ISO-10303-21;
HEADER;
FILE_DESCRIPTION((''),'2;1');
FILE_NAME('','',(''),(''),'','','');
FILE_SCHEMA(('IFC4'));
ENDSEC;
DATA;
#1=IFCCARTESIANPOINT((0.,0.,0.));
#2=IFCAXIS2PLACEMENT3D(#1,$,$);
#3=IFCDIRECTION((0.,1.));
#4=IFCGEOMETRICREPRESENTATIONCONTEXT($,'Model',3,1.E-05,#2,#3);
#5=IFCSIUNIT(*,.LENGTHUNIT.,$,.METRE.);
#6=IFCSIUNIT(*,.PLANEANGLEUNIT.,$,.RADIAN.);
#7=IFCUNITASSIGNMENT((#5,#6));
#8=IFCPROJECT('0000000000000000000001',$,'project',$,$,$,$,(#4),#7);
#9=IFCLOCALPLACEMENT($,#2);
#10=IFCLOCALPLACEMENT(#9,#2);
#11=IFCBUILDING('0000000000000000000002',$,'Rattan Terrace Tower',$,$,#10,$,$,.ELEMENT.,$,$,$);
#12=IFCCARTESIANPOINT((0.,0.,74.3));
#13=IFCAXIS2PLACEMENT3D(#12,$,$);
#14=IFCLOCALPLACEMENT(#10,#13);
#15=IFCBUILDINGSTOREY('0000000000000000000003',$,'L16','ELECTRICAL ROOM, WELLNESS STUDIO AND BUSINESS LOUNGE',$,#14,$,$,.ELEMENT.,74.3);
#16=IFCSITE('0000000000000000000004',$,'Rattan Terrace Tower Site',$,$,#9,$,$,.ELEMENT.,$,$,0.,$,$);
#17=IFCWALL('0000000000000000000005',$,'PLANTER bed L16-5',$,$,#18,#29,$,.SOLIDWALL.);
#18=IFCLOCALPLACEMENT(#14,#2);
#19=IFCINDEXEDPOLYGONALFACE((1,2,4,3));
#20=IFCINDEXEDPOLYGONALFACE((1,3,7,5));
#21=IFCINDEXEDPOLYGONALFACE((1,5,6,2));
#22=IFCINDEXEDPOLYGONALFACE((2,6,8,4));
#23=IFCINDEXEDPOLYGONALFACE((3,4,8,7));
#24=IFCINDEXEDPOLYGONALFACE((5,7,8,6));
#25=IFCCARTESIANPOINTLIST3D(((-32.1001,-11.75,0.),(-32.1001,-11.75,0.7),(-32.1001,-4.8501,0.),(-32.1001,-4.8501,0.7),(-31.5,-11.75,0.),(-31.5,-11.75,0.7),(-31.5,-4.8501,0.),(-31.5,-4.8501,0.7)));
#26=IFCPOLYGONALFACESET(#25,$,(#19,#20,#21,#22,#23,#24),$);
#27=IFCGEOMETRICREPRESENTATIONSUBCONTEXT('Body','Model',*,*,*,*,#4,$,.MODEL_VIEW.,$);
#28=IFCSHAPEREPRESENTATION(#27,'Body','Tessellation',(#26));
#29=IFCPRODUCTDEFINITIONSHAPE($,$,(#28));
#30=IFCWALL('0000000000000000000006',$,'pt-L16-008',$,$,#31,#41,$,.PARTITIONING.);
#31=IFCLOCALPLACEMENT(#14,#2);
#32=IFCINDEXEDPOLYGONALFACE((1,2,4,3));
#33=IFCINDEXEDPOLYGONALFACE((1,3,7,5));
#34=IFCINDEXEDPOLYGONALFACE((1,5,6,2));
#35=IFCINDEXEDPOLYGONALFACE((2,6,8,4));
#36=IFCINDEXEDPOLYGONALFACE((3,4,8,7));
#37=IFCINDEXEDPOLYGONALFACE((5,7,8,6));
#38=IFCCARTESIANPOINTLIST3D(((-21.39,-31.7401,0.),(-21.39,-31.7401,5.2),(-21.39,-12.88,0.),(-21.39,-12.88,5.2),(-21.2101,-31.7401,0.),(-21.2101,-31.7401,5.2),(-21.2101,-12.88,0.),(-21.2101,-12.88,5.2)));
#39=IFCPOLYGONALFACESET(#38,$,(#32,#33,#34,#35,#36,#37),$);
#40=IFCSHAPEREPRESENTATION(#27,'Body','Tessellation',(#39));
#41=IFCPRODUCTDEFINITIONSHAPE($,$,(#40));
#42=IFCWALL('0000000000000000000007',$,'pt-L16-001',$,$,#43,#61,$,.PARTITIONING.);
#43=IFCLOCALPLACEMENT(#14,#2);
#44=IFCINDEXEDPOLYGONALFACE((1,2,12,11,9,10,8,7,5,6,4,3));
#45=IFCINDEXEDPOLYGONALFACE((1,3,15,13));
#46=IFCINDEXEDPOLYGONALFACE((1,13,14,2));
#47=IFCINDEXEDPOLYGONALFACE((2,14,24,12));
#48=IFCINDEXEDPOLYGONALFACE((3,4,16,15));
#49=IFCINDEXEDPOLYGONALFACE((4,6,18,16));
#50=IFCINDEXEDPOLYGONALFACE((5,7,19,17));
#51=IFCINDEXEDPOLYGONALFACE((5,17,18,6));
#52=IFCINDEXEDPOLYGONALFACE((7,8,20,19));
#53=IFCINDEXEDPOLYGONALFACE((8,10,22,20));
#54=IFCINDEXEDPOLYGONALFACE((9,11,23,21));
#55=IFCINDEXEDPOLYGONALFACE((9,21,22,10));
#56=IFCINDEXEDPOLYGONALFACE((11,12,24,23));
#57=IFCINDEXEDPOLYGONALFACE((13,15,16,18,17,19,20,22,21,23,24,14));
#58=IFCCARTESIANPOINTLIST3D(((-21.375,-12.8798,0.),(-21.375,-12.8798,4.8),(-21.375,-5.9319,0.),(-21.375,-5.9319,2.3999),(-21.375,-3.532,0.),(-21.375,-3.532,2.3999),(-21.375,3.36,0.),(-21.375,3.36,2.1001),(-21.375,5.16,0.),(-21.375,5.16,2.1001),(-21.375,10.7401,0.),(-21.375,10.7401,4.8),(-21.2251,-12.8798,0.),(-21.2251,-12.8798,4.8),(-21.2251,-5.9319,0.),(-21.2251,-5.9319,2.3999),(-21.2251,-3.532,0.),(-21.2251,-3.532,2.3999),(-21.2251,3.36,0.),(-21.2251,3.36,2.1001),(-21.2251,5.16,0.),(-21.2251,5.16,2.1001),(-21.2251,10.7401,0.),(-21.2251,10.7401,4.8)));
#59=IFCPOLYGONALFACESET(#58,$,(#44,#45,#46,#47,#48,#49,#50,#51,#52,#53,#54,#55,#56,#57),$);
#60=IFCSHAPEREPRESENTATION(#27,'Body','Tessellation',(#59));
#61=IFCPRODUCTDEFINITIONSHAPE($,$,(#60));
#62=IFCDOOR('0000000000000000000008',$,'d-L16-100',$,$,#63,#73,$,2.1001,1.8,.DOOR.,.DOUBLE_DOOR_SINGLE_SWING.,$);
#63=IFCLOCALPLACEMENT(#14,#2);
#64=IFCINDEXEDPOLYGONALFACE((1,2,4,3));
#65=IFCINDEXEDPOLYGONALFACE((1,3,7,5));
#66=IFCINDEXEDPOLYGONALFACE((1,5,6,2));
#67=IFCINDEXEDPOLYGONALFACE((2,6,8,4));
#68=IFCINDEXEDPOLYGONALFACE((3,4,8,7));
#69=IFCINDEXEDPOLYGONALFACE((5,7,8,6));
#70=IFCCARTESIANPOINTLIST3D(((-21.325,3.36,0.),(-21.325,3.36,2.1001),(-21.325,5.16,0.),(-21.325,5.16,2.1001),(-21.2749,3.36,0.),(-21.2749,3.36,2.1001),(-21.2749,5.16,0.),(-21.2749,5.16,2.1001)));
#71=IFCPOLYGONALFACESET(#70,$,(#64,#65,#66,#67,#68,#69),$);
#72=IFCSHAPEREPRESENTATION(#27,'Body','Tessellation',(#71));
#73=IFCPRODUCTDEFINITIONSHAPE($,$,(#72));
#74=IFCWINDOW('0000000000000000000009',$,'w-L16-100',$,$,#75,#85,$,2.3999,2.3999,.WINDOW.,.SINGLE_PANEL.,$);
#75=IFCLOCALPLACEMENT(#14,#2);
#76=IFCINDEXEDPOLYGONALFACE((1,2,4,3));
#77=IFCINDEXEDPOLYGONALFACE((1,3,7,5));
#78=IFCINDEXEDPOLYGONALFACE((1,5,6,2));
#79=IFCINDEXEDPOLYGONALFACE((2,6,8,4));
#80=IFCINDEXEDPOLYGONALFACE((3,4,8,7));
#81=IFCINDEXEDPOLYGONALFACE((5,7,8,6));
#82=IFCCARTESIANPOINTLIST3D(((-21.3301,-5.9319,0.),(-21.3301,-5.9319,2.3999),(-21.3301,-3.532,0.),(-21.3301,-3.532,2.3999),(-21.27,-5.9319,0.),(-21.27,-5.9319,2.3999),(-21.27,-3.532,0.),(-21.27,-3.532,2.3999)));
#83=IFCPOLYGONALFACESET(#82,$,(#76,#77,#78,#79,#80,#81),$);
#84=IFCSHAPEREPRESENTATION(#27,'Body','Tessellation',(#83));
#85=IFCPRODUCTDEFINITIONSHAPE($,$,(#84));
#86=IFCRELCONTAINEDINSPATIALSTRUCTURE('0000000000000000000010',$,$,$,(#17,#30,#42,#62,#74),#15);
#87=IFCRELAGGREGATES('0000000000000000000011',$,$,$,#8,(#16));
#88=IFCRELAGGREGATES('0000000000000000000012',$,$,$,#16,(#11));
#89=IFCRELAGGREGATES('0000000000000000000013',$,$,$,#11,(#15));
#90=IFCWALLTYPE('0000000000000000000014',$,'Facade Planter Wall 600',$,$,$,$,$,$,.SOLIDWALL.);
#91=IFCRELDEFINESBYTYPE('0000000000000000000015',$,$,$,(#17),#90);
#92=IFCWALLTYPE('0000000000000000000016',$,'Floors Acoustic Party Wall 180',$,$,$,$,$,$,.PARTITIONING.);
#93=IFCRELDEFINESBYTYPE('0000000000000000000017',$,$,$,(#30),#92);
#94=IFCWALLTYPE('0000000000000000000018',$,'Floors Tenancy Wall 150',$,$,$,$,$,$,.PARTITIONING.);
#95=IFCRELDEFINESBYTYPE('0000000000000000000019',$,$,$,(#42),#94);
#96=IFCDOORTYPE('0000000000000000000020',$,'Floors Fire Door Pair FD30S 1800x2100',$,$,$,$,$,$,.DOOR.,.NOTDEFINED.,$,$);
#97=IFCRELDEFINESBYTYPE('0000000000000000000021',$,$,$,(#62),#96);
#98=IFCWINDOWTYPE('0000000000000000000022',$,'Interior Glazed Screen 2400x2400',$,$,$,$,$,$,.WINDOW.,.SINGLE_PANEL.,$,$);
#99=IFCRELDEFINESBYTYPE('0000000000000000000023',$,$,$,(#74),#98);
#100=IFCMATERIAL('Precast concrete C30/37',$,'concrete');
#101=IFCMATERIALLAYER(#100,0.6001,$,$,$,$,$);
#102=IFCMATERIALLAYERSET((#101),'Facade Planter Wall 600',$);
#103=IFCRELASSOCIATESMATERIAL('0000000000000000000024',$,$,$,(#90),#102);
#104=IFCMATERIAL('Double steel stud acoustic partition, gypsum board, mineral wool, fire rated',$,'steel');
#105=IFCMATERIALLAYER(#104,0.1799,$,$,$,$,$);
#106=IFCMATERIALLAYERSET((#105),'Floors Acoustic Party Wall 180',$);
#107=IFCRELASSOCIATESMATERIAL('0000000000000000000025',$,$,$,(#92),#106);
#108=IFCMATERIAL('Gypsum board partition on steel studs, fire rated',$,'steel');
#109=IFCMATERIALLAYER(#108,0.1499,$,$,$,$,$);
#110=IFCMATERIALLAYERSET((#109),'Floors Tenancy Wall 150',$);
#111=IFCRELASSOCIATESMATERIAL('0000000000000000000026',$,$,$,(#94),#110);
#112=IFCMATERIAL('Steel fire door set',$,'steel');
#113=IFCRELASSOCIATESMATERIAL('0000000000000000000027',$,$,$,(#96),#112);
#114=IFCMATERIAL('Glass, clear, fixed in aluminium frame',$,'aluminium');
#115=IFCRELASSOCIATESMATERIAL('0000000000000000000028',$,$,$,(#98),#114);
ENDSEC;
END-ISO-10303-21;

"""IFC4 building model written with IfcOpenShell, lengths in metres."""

from ifc_helpers import new_model, si_unit, direction, frame, frame_2d, origin, place, context, subcontext, project, spatial, rectangle, extrude, material, layer, layer_set, type_object, element, fill, save


model = new_model("IFC4")

# Units and contexts
model_context = context("Model", 3, precision=1e-05, world=origin(), true_north=direction((0.0, 1.0)))
body_context = subcontext(model_context, "Body", "Model", "MODEL_VIEW")
ifc_project = project(units=[si_unit("LENGTHUNIT", "METRE"), si_unit("PLANEANGLEUNIT", "RADIAN")], contexts=[model_context])

# Site, building, storey
site_placement = place(None, origin())
site = spatial("IfcSite", under=ifc_project, at=site_placement, Name="Rattan Terrace Tower Site", CompositionType="ELEMENT", RefElevation=0.0)
building_placement = place(site_placement, origin())
building = spatial("IfcBuilding", under=site, at=building_placement, Name="Rattan Terrace Tower", CompositionType="ELEMENT")
storey_placement = place(building_placement, frame((0.0, 0.0, 74.3)))
storey = spatial("IfcBuildingStorey", under=building, at=storey_placement, Name="L16", Description="ELECTRICAL ROOM, WELLNESS STUDIO AND BUSINESS LOUNGE", CompositionType="ELEMENT", Elevation=74.3)

# Walls
ifc_material_1 = material(Name="Precast concrete C30/37", Category="concrete")
ifc_layer_1 = layer(ifc_material_1, 0.6001)
ifc_layer_set_1 = layer_set([ifc_layer_1], Name="Facade Planter Wall 600")
wall_type_1 = type_object("IfcWallType", Name="Facade Planter Wall 600", PredefinedType="SOLIDWALL", material=ifc_layer_set_1)
wall_1_placement = place(storey_placement, frame((-31.8, -11.75, 0.0), z_axis=(0.0, 0.0, 1.0), x_axis=(0.0, 1.0, 0.0)))
element("IfcWall", 1, at=wall_1_placement, inside=storey, type_object=wall_type_1, Name="PLANTER bed L16-5", PredefinedType="SOLIDWALL", context=body_context, shape_type="SweptSolid", body=[
    extrude(rectangle(XDim=6.8999, YDim=0.6001, at=frame_2d((3.45, 0.0))), origin(), (0.0, 0.0, 1.0), 0.7),
])
ifc_material_2 = material(Name="Double steel stud acoustic partition, gypsum board, mineral wool, fire rated", Category="steel")
ifc_layer_2 = layer(ifc_material_2, 0.1799)
ifc_layer_set_2 = layer_set([ifc_layer_2], Name="Floors Acoustic Party Wall 180")
wall_type_2 = type_object("IfcWallType", Name="Floors Acoustic Party Wall 180", PredefinedType="PARTITIONING", material=ifc_layer_set_2)
wall_2_placement = place(storey_placement, frame((-21.3, -12.8799, 0.0), z_axis=(0.0, 0.0, 1.0), x_axis=(0.0, -1.0, 0.0)))
element("IfcWall", 2, at=wall_2_placement, inside=storey, type_object=wall_type_2, Name="pt-L16-008", PredefinedType="PARTITIONING", context=body_context, shape_type="SweptSolid", body=[
    extrude(rectangle(XDim=18.8601, YDim=0.1799, at=frame_2d((9.4302, 0.0))), origin(), (0.0, 0.0, 1.0), 5.2),
])

# Wall, openings, door, window
ifc_material_3 = material(Name="Gypsum board partition on steel studs, fire rated", Category="steel")
ifc_layer_3 = layer(ifc_material_3, 0.1499)
ifc_layer_set_3 = layer_set([ifc_layer_3], Name="Floors Tenancy Wall 150")
wall_type_3 = type_object("IfcWallType", Name="Floors Tenancy Wall 150", PredefinedType="PARTITIONING", material=ifc_layer_set_3)
wall_3_placement = place(storey_placement, frame((-21.3, -12.8799, 0.0), z_axis=(0.0, 0.0, 1.0), x_axis=(0.0, 1.0, 0.0)))
wall_3 = element("IfcWall", 3, at=wall_3_placement, inside=storey, type_object=wall_type_3, Name="pt-L16-001", PredefinedType="PARTITIONING", context=body_context, shape_type="SweptSolid", body=[
    extrude(rectangle(XDim=23.6199, YDim=0.1499, at=frame_2d((11.8101, 0.0))), origin(), (0.0, 0.0, 1.0), 4.8),
])
opening_1_placement = place(wall_3_placement, frame((16.24, 0.0, 0.0)))
opening_1 = element("IfcOpeningElement", 4, at=opening_1_placement, cuts=wall_3, PredefinedType="OPENING", context=body_context, shape_type="SweptSolid", body=[
    extrude(rectangle(XDim=1.8, YDim=2.1001, at=frame_2d((0.8999, 1.05))), frame((0.0, 0.0854, 0.0), z_axis=(0.0, -1.0, 0.0), x_axis=(1.0, 0.0, 0.0)), (0.0, 0.0, 1.0), 0.1709),
])
opening_2_placement = place(wall_3_placement, frame((6.948, 0.0, 0.0)))
opening_2 = element("IfcOpeningElement", 5, at=opening_2_placement, cuts=wall_3, PredefinedType="OPENING", context=body_context, shape_type="SweptSolid", body=[
    extrude(rectangle(XDim=2.3999, YDim=2.3999, at=frame_2d((1.2, 1.2))), frame((0.0, 0.0854, 0.0), z_axis=(0.0, -1.0, 0.0), x_axis=(1.0, 0.0, 0.0)), (0.0, 0.0, 1.0), 0.1709),
])
ifc_material_4 = material(Name="Steel fire door set", Category="steel")
door_type = type_object("IfcDoorType", Name="Floors Fire Door Pair FD30S 1800x2100", OperationType="NOTDEFINED", PredefinedType="DOOR", material=ifc_material_4)
door_placement = place(opening_1_placement, origin())
door = element("IfcDoor", 6, at=door_placement, inside=storey, type_object=door_type, Name="d-L16-100", OperationType="DOUBLE_DOOR_SINGLE_SWING", OverallHeight=2.1001, OverallWidth=1.8, PredefinedType="DOOR", context=body_context, shape_type="SweptSolid", body=[
    extrude(rectangle(XDim=1.8, YDim=2.1001, at=frame_2d((0.8999, 1.05))), frame((0.0, 0.0249, 0.0), z_axis=(0.0, -1.0, 0.0), x_axis=(1.0, 0.0, 0.0)), (0.0, 0.0, 1.0), 0.05),
])
fill(opening_1, door)
ifc_material_5 = material(Name="Glass, clear, fixed in aluminium frame", Category="aluminium")
window_type = type_object("IfcWindowType", Name="Interior Glazed Screen 2400x2400", PartitioningType="SINGLE_PANEL", PredefinedType="WINDOW", material=ifc_material_5)
window_placement = place(opening_2_placement, origin())
window = element("IfcWindow", 7, at=window_placement, inside=storey, type_object=window_type, Name="w-L16-100", OverallHeight=2.3999, OverallWidth=2.3999, PartitioningType="SINGLE_PANEL", PredefinedType="WINDOW", context=body_context, shape_type="SweptSolid", body=[
    extrude(rectangle(XDim=2.3999, YDim=2.3999, at=frame_2d((1.2, 1.2))), frame((0.0, 0.03, 0.0), z_axis=(0.0, -1.0, 0.0), x_axis=(1.0, 0.0, 0.0)), (0.0, 0.0, 1.0), 0.0601),
])
fill(opening_2, window)

save(model, "model.ifc")
